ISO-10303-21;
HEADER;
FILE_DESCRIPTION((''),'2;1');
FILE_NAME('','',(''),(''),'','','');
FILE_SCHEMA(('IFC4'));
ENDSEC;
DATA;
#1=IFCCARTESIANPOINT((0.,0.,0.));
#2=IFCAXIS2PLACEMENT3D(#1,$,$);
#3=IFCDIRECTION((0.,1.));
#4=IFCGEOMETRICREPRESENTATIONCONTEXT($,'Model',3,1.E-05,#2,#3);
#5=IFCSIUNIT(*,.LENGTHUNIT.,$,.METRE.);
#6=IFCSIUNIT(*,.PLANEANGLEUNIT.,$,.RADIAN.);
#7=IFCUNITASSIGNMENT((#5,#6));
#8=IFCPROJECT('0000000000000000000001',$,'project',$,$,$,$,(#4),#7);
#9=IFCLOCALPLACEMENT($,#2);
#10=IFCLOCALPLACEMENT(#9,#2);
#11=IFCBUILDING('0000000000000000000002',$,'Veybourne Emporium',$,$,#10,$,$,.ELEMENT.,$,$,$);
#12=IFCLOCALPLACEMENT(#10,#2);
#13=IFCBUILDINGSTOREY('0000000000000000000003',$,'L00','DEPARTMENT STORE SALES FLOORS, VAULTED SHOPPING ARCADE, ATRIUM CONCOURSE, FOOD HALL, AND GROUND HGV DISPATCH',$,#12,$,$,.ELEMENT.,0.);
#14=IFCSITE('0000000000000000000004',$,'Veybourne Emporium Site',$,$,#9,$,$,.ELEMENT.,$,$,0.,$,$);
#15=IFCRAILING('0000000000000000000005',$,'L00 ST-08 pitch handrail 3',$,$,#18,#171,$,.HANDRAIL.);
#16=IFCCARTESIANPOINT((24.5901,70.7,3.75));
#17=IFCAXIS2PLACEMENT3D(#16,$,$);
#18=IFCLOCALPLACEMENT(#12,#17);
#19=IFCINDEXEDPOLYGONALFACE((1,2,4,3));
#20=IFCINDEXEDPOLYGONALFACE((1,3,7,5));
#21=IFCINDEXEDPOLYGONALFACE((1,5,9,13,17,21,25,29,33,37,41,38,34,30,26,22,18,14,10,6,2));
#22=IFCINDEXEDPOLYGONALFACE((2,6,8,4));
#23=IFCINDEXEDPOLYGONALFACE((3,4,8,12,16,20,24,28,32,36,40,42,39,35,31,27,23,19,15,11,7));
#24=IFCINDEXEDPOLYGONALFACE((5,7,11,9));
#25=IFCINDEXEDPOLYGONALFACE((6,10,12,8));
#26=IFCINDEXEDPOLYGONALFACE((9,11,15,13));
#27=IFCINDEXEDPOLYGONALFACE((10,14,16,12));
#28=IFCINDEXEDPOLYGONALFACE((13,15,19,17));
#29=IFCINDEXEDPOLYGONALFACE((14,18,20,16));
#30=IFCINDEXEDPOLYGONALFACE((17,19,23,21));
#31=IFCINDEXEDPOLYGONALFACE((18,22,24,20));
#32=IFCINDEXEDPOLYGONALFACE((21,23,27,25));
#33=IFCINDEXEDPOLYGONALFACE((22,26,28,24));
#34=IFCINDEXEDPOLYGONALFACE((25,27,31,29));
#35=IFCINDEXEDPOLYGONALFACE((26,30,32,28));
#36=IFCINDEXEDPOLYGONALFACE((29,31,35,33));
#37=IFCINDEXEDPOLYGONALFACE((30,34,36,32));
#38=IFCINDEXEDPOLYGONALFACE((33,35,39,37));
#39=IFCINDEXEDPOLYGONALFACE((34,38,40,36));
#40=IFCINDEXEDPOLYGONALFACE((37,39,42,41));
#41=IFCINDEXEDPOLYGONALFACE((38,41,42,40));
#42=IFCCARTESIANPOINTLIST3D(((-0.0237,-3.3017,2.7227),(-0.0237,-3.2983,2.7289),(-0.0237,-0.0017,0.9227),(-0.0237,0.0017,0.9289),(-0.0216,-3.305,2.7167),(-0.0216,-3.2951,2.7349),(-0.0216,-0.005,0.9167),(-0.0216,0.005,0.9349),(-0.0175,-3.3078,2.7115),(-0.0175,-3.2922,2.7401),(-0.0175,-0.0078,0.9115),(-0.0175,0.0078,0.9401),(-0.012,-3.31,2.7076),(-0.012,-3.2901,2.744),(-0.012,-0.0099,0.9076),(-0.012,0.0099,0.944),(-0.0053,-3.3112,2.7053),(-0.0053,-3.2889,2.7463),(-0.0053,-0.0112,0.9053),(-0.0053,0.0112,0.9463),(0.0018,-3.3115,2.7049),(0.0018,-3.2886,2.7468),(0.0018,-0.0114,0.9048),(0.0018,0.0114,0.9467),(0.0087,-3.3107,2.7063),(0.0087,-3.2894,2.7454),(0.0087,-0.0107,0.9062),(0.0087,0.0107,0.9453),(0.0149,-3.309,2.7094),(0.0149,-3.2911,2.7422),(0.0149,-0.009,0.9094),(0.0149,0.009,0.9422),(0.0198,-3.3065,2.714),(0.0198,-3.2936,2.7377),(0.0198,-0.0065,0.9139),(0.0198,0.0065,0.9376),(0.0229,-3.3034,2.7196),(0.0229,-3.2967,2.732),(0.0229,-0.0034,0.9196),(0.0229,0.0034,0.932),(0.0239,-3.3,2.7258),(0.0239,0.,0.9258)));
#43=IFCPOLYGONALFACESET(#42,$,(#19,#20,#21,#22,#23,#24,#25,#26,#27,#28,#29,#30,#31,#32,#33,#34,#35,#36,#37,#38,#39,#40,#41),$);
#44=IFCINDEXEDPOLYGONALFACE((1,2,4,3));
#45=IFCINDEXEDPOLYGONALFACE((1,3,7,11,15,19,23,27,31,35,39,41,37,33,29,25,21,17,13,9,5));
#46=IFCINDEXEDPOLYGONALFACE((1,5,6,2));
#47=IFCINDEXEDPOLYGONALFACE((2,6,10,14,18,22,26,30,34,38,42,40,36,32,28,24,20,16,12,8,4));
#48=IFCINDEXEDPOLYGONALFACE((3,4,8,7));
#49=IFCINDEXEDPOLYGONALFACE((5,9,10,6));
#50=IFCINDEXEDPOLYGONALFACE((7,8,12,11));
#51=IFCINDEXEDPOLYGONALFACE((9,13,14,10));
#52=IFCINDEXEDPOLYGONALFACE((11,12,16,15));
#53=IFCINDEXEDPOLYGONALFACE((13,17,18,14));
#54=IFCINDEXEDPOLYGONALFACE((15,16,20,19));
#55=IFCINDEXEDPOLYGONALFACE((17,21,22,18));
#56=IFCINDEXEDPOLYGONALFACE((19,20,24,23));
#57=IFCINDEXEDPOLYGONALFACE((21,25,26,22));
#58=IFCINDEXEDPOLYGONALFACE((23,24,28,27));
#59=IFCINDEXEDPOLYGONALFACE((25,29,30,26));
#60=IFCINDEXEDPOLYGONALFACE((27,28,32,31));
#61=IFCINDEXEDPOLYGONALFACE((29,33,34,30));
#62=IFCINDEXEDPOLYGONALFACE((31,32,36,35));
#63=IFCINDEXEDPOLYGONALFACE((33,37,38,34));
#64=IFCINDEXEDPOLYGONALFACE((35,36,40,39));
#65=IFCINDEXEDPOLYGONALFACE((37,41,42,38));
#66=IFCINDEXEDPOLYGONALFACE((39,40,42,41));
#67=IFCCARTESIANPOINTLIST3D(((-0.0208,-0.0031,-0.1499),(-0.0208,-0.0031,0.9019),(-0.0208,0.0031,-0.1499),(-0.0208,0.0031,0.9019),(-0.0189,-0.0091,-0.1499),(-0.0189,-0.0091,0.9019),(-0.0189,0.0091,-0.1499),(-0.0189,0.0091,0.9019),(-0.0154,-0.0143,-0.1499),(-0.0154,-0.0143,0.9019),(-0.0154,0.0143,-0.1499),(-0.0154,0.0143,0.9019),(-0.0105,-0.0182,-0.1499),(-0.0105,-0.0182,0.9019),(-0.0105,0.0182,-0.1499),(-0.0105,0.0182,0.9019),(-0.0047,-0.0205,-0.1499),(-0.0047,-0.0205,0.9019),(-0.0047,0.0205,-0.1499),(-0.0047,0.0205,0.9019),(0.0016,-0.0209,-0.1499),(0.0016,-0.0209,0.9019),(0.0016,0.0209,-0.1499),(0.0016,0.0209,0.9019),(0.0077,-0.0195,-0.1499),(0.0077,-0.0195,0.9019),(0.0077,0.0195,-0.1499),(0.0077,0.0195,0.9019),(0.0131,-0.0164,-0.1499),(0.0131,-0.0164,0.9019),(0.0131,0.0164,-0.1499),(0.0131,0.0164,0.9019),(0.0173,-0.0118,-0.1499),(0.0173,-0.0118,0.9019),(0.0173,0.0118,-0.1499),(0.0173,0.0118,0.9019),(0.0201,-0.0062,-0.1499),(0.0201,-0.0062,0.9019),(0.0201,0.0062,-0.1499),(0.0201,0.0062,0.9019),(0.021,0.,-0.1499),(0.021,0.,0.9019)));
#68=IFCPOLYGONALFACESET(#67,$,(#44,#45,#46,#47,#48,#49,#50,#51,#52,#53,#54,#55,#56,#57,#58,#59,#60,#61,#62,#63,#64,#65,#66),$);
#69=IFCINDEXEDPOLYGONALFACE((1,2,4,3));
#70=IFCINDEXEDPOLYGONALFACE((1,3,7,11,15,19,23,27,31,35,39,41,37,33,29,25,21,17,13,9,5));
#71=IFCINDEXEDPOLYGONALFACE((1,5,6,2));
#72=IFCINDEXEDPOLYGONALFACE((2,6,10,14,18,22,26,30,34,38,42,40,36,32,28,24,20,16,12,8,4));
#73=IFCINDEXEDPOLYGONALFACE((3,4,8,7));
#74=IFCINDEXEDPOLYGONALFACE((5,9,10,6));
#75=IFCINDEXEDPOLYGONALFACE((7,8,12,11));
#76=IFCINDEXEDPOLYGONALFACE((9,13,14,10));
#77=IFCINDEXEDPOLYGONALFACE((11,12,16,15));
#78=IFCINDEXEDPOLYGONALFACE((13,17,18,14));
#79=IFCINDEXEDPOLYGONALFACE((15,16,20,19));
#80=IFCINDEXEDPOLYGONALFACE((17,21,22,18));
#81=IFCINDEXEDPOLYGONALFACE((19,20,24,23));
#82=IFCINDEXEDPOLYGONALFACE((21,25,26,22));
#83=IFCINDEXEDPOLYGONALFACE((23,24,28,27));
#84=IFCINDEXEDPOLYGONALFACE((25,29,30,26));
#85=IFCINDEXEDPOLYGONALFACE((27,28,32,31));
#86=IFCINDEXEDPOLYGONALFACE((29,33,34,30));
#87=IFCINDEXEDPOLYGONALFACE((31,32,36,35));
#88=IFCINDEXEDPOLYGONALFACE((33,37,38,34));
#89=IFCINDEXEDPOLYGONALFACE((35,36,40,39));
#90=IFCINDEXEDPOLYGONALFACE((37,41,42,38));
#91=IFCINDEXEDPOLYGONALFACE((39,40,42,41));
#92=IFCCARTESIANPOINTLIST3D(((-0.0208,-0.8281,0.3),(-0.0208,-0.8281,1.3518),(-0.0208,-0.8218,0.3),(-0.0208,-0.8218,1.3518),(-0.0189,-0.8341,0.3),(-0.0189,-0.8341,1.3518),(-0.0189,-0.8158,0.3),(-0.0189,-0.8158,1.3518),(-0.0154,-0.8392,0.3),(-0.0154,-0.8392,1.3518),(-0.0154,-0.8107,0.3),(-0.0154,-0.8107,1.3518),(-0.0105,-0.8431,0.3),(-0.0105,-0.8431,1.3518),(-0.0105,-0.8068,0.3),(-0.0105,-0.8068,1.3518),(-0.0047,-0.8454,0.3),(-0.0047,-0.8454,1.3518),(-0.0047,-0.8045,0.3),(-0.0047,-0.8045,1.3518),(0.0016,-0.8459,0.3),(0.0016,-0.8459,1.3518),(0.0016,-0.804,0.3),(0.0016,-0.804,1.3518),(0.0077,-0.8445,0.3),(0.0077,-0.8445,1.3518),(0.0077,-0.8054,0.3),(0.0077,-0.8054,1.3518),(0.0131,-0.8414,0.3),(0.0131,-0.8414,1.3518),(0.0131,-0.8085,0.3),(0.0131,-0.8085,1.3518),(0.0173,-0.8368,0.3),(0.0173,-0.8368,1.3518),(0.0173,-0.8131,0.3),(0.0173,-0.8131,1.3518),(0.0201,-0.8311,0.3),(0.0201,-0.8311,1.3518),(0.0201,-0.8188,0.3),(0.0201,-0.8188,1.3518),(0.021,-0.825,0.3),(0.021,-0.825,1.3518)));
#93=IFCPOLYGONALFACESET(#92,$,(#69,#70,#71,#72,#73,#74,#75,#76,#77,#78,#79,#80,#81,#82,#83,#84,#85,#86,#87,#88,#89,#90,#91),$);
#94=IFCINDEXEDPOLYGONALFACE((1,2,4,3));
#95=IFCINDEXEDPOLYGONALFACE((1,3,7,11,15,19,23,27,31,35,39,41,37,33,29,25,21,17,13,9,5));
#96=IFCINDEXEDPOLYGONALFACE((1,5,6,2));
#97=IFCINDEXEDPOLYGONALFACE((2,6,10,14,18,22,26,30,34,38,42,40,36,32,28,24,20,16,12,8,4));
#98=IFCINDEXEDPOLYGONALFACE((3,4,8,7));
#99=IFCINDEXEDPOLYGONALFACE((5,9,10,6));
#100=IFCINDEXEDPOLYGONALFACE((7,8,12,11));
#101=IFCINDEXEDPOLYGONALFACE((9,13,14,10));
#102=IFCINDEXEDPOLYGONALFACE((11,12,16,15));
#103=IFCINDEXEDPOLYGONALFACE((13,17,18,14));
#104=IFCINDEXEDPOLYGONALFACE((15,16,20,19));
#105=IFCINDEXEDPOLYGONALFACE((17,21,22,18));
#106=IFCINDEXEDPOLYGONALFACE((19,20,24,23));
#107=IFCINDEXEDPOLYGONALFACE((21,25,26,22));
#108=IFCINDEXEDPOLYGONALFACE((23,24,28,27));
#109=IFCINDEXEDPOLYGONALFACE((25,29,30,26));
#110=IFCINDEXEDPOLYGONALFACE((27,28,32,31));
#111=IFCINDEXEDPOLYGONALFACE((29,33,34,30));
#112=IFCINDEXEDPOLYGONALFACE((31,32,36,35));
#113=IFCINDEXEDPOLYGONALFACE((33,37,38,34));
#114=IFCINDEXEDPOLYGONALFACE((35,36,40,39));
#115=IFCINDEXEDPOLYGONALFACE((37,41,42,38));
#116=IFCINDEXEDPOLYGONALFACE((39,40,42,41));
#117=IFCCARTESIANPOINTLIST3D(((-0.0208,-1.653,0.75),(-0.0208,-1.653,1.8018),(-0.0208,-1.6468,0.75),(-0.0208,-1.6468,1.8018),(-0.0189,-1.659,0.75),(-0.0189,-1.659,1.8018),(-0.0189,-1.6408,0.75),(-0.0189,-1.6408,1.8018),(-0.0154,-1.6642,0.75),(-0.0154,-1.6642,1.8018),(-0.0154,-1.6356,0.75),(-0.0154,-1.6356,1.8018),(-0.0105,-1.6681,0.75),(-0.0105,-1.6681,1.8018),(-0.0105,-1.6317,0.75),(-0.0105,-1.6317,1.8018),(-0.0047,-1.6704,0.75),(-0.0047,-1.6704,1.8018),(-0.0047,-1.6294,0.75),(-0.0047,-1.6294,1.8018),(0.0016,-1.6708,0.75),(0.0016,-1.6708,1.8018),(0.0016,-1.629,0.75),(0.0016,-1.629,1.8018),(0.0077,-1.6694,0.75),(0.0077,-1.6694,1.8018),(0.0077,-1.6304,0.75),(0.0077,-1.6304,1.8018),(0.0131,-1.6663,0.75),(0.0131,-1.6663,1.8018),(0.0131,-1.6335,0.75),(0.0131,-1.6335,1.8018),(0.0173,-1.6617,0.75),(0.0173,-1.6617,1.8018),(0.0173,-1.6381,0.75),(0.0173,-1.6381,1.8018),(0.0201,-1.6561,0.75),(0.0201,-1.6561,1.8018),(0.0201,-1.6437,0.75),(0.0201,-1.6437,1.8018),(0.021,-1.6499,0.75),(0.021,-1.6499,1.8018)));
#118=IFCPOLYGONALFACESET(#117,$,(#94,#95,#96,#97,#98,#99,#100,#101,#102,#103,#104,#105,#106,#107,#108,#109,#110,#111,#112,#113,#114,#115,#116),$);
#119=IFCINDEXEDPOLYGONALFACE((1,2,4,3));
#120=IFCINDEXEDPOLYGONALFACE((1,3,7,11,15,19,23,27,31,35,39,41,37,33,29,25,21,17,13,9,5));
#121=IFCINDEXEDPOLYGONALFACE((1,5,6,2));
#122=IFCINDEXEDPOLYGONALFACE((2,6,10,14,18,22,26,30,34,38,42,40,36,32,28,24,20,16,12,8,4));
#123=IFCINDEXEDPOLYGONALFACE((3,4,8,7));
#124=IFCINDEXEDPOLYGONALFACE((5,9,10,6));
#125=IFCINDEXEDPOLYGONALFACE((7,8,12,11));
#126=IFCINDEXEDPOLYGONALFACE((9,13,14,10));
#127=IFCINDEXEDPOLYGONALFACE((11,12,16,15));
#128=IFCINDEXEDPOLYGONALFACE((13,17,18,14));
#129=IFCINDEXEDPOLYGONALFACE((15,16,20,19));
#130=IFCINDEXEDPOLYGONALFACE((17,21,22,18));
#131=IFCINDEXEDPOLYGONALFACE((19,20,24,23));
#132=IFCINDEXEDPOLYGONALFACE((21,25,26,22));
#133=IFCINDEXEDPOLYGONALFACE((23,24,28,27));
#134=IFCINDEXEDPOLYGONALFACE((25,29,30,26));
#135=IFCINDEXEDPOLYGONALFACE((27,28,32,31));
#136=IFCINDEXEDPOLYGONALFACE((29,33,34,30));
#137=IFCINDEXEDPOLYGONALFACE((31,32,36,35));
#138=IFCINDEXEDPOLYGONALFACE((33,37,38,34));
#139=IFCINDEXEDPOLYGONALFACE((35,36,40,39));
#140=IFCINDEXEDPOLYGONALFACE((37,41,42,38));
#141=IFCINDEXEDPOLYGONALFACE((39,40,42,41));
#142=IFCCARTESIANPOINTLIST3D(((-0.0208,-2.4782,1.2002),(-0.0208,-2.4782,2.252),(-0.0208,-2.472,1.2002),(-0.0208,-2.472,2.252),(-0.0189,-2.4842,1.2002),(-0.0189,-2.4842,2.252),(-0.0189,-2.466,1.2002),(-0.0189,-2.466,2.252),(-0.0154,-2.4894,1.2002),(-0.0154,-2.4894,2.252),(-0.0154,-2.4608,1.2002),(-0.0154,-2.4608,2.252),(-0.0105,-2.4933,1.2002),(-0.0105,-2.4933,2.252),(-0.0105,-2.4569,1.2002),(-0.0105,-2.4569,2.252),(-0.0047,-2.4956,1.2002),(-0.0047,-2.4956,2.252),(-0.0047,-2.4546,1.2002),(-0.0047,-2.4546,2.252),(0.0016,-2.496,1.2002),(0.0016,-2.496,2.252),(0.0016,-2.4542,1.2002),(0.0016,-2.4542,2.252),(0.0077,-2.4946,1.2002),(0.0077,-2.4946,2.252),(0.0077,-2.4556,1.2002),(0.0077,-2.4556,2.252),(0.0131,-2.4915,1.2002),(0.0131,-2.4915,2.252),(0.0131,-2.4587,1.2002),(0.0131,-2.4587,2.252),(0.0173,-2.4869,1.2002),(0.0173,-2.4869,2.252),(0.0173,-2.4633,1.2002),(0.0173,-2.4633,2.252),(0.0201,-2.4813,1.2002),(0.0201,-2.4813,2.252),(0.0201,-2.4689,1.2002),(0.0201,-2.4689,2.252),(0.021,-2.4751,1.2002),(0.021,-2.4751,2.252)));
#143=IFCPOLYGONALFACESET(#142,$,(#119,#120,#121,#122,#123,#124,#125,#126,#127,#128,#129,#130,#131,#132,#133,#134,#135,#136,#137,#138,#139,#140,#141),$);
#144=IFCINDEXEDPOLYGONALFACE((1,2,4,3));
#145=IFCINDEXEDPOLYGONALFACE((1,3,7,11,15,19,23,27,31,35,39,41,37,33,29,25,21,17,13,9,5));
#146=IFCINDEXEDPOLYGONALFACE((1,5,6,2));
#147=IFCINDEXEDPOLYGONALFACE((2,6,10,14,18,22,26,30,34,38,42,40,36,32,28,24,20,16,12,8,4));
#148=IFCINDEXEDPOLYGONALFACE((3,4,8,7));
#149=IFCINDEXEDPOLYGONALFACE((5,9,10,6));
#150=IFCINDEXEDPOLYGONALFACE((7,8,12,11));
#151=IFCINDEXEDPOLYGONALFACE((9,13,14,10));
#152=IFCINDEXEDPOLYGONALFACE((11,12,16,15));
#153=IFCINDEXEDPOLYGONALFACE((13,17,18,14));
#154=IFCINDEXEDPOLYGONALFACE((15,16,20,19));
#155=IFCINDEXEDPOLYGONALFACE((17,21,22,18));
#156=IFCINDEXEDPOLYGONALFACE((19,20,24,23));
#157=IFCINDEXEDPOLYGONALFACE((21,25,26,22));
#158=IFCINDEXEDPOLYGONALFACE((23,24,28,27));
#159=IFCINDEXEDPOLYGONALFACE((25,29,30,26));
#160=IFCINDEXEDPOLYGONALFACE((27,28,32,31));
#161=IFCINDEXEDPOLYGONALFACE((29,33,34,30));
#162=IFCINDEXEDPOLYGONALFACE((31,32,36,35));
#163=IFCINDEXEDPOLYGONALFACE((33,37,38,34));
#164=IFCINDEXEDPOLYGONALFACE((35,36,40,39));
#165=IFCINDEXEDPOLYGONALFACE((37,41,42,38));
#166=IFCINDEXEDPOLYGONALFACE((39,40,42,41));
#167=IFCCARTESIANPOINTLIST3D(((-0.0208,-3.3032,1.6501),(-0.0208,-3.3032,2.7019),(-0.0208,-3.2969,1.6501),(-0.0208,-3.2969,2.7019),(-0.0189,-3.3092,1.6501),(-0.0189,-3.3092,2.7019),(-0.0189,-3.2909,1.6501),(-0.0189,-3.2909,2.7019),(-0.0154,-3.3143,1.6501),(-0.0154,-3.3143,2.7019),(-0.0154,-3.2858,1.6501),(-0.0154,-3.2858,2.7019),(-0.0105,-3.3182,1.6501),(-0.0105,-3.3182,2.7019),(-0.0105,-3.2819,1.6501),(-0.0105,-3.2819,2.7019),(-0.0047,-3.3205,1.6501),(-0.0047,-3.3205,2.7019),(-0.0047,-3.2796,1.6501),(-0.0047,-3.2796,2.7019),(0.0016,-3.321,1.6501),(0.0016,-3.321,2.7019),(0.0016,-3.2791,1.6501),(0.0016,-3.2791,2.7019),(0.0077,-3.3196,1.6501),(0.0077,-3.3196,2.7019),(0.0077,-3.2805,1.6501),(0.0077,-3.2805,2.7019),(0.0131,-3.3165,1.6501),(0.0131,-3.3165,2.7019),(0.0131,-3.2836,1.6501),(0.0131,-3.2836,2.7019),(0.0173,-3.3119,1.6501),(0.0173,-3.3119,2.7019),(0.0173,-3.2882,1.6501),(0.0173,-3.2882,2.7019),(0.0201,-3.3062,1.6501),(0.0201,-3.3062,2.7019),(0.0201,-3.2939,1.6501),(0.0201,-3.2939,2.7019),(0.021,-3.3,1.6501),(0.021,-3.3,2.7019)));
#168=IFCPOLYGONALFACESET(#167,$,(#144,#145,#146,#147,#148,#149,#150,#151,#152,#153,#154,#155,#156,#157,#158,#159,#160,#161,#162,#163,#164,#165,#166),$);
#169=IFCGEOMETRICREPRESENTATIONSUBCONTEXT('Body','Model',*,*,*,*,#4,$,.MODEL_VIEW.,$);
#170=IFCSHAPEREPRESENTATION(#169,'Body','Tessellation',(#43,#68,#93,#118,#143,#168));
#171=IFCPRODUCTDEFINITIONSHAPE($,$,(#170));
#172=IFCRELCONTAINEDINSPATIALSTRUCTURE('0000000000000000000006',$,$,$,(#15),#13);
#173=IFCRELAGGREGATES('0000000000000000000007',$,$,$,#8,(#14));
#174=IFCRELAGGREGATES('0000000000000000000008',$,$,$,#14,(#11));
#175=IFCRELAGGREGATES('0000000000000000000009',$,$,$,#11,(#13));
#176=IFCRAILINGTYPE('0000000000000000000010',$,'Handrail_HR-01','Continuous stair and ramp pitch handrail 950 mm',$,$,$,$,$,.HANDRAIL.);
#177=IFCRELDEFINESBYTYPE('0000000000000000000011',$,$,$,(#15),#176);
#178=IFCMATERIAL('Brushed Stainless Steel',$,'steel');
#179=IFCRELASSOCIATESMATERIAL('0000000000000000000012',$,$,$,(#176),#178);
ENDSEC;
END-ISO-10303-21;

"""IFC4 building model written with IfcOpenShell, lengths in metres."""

from ifc_helpers import new_model, si_unit, direction, frame, origin, origin_2d, place, context, subcontext, project, spatial, circle, extrude, material, type_object, element, save


model = new_model("IFC4")

# Units and contexts
model_context = context("Model", 3, precision=1e-05, world=origin(), true_north=direction((0.0, 1.0)))
body_context = subcontext(model_context, "Body", "Model", "MODEL_VIEW")
ifc_project = project(units=[si_unit("LENGTHUNIT", "METRE"), si_unit("PLANEANGLEUNIT", "RADIAN")], contexts=[model_context])

# Site, building, storey
site_placement = place(None, origin())
site = spatial("IfcSite", under=ifc_project, at=site_placement, Name="Veybourne Emporium Site", CompositionType="ELEMENT", RefElevation=0.0)
building_placement = place(site_placement, origin())
building = spatial("IfcBuilding", under=site, at=building_placement, Name="Veybourne Emporium", CompositionType="ELEMENT")
storey_placement = place(building_placement, origin())
storey = spatial("IfcBuildingStorey", under=building, at=storey_placement, Name="L00", Description="DEPARTMENT STORE SALES FLOORS, VAULTED SHOPPING ARCADE, ATRIUM CONCOURSE, FOOD HALL, AND GROUND HGV DISPATCH", CompositionType="ELEMENT", Elevation=0.0)

# Railing
ifc_material_1 = material(Name="Brushed Stainless Steel", Category="steel")
railing_type_1 = type_object("IfcRailingType", Name="Handrail_HR-01", Description="Continuous stair and ramp pitch handrail 950 mm", PredefinedType="HANDRAIL", material=ifc_material_1)
railing_1_placement = place(storey_placement, frame((24.5901, 70.7, 3.75)))
element("IfcRailing", 1, at=railing_1_placement, inside=storey, type_object=railing_type_1, Name="L00 ST-08 pitch handrail 3", PredefinedType="HANDRAIL", context=body_context, shape_type="SweptSolid", body=[
    extrude(circle(Radius=0.0239, at=origin_2d()), frame((0.0, 0.0, 0.9258), z_axis=(0.0, -0.877893, 0.478857), x_axis=(1.0, 0.0, 0.0)), (0.0, 0.0, 1.0), 3.759),
    extrude(circle(Radius=0.021, at=origin_2d()), frame((0.0, 0.0, -0.1499)), (0.0, 0.0, 1.0), 1.0518),
    extrude(circle(Radius=0.021, at=origin_2d()), frame((0.0, -0.825, 0.3)), (0.0, 0.0, 1.0), 1.0518),
    extrude(circle(Radius=0.021, at=origin_2d()), frame((0.0, -1.6499, 0.75)), (0.0, 0.0, 1.0), 1.0518),
    extrude(circle(Radius=0.021, at=origin_2d()), frame((0.0, -2.4751, 1.2002)), (0.0, 0.0, 1.0), 1.0518),
    extrude(circle(Radius=0.021, at=origin_2d()), frame((0.0, -3.3, 1.6501)), (0.0, 0.0, 1.0), 1.0518),
])

save(model, "model.ifc")
